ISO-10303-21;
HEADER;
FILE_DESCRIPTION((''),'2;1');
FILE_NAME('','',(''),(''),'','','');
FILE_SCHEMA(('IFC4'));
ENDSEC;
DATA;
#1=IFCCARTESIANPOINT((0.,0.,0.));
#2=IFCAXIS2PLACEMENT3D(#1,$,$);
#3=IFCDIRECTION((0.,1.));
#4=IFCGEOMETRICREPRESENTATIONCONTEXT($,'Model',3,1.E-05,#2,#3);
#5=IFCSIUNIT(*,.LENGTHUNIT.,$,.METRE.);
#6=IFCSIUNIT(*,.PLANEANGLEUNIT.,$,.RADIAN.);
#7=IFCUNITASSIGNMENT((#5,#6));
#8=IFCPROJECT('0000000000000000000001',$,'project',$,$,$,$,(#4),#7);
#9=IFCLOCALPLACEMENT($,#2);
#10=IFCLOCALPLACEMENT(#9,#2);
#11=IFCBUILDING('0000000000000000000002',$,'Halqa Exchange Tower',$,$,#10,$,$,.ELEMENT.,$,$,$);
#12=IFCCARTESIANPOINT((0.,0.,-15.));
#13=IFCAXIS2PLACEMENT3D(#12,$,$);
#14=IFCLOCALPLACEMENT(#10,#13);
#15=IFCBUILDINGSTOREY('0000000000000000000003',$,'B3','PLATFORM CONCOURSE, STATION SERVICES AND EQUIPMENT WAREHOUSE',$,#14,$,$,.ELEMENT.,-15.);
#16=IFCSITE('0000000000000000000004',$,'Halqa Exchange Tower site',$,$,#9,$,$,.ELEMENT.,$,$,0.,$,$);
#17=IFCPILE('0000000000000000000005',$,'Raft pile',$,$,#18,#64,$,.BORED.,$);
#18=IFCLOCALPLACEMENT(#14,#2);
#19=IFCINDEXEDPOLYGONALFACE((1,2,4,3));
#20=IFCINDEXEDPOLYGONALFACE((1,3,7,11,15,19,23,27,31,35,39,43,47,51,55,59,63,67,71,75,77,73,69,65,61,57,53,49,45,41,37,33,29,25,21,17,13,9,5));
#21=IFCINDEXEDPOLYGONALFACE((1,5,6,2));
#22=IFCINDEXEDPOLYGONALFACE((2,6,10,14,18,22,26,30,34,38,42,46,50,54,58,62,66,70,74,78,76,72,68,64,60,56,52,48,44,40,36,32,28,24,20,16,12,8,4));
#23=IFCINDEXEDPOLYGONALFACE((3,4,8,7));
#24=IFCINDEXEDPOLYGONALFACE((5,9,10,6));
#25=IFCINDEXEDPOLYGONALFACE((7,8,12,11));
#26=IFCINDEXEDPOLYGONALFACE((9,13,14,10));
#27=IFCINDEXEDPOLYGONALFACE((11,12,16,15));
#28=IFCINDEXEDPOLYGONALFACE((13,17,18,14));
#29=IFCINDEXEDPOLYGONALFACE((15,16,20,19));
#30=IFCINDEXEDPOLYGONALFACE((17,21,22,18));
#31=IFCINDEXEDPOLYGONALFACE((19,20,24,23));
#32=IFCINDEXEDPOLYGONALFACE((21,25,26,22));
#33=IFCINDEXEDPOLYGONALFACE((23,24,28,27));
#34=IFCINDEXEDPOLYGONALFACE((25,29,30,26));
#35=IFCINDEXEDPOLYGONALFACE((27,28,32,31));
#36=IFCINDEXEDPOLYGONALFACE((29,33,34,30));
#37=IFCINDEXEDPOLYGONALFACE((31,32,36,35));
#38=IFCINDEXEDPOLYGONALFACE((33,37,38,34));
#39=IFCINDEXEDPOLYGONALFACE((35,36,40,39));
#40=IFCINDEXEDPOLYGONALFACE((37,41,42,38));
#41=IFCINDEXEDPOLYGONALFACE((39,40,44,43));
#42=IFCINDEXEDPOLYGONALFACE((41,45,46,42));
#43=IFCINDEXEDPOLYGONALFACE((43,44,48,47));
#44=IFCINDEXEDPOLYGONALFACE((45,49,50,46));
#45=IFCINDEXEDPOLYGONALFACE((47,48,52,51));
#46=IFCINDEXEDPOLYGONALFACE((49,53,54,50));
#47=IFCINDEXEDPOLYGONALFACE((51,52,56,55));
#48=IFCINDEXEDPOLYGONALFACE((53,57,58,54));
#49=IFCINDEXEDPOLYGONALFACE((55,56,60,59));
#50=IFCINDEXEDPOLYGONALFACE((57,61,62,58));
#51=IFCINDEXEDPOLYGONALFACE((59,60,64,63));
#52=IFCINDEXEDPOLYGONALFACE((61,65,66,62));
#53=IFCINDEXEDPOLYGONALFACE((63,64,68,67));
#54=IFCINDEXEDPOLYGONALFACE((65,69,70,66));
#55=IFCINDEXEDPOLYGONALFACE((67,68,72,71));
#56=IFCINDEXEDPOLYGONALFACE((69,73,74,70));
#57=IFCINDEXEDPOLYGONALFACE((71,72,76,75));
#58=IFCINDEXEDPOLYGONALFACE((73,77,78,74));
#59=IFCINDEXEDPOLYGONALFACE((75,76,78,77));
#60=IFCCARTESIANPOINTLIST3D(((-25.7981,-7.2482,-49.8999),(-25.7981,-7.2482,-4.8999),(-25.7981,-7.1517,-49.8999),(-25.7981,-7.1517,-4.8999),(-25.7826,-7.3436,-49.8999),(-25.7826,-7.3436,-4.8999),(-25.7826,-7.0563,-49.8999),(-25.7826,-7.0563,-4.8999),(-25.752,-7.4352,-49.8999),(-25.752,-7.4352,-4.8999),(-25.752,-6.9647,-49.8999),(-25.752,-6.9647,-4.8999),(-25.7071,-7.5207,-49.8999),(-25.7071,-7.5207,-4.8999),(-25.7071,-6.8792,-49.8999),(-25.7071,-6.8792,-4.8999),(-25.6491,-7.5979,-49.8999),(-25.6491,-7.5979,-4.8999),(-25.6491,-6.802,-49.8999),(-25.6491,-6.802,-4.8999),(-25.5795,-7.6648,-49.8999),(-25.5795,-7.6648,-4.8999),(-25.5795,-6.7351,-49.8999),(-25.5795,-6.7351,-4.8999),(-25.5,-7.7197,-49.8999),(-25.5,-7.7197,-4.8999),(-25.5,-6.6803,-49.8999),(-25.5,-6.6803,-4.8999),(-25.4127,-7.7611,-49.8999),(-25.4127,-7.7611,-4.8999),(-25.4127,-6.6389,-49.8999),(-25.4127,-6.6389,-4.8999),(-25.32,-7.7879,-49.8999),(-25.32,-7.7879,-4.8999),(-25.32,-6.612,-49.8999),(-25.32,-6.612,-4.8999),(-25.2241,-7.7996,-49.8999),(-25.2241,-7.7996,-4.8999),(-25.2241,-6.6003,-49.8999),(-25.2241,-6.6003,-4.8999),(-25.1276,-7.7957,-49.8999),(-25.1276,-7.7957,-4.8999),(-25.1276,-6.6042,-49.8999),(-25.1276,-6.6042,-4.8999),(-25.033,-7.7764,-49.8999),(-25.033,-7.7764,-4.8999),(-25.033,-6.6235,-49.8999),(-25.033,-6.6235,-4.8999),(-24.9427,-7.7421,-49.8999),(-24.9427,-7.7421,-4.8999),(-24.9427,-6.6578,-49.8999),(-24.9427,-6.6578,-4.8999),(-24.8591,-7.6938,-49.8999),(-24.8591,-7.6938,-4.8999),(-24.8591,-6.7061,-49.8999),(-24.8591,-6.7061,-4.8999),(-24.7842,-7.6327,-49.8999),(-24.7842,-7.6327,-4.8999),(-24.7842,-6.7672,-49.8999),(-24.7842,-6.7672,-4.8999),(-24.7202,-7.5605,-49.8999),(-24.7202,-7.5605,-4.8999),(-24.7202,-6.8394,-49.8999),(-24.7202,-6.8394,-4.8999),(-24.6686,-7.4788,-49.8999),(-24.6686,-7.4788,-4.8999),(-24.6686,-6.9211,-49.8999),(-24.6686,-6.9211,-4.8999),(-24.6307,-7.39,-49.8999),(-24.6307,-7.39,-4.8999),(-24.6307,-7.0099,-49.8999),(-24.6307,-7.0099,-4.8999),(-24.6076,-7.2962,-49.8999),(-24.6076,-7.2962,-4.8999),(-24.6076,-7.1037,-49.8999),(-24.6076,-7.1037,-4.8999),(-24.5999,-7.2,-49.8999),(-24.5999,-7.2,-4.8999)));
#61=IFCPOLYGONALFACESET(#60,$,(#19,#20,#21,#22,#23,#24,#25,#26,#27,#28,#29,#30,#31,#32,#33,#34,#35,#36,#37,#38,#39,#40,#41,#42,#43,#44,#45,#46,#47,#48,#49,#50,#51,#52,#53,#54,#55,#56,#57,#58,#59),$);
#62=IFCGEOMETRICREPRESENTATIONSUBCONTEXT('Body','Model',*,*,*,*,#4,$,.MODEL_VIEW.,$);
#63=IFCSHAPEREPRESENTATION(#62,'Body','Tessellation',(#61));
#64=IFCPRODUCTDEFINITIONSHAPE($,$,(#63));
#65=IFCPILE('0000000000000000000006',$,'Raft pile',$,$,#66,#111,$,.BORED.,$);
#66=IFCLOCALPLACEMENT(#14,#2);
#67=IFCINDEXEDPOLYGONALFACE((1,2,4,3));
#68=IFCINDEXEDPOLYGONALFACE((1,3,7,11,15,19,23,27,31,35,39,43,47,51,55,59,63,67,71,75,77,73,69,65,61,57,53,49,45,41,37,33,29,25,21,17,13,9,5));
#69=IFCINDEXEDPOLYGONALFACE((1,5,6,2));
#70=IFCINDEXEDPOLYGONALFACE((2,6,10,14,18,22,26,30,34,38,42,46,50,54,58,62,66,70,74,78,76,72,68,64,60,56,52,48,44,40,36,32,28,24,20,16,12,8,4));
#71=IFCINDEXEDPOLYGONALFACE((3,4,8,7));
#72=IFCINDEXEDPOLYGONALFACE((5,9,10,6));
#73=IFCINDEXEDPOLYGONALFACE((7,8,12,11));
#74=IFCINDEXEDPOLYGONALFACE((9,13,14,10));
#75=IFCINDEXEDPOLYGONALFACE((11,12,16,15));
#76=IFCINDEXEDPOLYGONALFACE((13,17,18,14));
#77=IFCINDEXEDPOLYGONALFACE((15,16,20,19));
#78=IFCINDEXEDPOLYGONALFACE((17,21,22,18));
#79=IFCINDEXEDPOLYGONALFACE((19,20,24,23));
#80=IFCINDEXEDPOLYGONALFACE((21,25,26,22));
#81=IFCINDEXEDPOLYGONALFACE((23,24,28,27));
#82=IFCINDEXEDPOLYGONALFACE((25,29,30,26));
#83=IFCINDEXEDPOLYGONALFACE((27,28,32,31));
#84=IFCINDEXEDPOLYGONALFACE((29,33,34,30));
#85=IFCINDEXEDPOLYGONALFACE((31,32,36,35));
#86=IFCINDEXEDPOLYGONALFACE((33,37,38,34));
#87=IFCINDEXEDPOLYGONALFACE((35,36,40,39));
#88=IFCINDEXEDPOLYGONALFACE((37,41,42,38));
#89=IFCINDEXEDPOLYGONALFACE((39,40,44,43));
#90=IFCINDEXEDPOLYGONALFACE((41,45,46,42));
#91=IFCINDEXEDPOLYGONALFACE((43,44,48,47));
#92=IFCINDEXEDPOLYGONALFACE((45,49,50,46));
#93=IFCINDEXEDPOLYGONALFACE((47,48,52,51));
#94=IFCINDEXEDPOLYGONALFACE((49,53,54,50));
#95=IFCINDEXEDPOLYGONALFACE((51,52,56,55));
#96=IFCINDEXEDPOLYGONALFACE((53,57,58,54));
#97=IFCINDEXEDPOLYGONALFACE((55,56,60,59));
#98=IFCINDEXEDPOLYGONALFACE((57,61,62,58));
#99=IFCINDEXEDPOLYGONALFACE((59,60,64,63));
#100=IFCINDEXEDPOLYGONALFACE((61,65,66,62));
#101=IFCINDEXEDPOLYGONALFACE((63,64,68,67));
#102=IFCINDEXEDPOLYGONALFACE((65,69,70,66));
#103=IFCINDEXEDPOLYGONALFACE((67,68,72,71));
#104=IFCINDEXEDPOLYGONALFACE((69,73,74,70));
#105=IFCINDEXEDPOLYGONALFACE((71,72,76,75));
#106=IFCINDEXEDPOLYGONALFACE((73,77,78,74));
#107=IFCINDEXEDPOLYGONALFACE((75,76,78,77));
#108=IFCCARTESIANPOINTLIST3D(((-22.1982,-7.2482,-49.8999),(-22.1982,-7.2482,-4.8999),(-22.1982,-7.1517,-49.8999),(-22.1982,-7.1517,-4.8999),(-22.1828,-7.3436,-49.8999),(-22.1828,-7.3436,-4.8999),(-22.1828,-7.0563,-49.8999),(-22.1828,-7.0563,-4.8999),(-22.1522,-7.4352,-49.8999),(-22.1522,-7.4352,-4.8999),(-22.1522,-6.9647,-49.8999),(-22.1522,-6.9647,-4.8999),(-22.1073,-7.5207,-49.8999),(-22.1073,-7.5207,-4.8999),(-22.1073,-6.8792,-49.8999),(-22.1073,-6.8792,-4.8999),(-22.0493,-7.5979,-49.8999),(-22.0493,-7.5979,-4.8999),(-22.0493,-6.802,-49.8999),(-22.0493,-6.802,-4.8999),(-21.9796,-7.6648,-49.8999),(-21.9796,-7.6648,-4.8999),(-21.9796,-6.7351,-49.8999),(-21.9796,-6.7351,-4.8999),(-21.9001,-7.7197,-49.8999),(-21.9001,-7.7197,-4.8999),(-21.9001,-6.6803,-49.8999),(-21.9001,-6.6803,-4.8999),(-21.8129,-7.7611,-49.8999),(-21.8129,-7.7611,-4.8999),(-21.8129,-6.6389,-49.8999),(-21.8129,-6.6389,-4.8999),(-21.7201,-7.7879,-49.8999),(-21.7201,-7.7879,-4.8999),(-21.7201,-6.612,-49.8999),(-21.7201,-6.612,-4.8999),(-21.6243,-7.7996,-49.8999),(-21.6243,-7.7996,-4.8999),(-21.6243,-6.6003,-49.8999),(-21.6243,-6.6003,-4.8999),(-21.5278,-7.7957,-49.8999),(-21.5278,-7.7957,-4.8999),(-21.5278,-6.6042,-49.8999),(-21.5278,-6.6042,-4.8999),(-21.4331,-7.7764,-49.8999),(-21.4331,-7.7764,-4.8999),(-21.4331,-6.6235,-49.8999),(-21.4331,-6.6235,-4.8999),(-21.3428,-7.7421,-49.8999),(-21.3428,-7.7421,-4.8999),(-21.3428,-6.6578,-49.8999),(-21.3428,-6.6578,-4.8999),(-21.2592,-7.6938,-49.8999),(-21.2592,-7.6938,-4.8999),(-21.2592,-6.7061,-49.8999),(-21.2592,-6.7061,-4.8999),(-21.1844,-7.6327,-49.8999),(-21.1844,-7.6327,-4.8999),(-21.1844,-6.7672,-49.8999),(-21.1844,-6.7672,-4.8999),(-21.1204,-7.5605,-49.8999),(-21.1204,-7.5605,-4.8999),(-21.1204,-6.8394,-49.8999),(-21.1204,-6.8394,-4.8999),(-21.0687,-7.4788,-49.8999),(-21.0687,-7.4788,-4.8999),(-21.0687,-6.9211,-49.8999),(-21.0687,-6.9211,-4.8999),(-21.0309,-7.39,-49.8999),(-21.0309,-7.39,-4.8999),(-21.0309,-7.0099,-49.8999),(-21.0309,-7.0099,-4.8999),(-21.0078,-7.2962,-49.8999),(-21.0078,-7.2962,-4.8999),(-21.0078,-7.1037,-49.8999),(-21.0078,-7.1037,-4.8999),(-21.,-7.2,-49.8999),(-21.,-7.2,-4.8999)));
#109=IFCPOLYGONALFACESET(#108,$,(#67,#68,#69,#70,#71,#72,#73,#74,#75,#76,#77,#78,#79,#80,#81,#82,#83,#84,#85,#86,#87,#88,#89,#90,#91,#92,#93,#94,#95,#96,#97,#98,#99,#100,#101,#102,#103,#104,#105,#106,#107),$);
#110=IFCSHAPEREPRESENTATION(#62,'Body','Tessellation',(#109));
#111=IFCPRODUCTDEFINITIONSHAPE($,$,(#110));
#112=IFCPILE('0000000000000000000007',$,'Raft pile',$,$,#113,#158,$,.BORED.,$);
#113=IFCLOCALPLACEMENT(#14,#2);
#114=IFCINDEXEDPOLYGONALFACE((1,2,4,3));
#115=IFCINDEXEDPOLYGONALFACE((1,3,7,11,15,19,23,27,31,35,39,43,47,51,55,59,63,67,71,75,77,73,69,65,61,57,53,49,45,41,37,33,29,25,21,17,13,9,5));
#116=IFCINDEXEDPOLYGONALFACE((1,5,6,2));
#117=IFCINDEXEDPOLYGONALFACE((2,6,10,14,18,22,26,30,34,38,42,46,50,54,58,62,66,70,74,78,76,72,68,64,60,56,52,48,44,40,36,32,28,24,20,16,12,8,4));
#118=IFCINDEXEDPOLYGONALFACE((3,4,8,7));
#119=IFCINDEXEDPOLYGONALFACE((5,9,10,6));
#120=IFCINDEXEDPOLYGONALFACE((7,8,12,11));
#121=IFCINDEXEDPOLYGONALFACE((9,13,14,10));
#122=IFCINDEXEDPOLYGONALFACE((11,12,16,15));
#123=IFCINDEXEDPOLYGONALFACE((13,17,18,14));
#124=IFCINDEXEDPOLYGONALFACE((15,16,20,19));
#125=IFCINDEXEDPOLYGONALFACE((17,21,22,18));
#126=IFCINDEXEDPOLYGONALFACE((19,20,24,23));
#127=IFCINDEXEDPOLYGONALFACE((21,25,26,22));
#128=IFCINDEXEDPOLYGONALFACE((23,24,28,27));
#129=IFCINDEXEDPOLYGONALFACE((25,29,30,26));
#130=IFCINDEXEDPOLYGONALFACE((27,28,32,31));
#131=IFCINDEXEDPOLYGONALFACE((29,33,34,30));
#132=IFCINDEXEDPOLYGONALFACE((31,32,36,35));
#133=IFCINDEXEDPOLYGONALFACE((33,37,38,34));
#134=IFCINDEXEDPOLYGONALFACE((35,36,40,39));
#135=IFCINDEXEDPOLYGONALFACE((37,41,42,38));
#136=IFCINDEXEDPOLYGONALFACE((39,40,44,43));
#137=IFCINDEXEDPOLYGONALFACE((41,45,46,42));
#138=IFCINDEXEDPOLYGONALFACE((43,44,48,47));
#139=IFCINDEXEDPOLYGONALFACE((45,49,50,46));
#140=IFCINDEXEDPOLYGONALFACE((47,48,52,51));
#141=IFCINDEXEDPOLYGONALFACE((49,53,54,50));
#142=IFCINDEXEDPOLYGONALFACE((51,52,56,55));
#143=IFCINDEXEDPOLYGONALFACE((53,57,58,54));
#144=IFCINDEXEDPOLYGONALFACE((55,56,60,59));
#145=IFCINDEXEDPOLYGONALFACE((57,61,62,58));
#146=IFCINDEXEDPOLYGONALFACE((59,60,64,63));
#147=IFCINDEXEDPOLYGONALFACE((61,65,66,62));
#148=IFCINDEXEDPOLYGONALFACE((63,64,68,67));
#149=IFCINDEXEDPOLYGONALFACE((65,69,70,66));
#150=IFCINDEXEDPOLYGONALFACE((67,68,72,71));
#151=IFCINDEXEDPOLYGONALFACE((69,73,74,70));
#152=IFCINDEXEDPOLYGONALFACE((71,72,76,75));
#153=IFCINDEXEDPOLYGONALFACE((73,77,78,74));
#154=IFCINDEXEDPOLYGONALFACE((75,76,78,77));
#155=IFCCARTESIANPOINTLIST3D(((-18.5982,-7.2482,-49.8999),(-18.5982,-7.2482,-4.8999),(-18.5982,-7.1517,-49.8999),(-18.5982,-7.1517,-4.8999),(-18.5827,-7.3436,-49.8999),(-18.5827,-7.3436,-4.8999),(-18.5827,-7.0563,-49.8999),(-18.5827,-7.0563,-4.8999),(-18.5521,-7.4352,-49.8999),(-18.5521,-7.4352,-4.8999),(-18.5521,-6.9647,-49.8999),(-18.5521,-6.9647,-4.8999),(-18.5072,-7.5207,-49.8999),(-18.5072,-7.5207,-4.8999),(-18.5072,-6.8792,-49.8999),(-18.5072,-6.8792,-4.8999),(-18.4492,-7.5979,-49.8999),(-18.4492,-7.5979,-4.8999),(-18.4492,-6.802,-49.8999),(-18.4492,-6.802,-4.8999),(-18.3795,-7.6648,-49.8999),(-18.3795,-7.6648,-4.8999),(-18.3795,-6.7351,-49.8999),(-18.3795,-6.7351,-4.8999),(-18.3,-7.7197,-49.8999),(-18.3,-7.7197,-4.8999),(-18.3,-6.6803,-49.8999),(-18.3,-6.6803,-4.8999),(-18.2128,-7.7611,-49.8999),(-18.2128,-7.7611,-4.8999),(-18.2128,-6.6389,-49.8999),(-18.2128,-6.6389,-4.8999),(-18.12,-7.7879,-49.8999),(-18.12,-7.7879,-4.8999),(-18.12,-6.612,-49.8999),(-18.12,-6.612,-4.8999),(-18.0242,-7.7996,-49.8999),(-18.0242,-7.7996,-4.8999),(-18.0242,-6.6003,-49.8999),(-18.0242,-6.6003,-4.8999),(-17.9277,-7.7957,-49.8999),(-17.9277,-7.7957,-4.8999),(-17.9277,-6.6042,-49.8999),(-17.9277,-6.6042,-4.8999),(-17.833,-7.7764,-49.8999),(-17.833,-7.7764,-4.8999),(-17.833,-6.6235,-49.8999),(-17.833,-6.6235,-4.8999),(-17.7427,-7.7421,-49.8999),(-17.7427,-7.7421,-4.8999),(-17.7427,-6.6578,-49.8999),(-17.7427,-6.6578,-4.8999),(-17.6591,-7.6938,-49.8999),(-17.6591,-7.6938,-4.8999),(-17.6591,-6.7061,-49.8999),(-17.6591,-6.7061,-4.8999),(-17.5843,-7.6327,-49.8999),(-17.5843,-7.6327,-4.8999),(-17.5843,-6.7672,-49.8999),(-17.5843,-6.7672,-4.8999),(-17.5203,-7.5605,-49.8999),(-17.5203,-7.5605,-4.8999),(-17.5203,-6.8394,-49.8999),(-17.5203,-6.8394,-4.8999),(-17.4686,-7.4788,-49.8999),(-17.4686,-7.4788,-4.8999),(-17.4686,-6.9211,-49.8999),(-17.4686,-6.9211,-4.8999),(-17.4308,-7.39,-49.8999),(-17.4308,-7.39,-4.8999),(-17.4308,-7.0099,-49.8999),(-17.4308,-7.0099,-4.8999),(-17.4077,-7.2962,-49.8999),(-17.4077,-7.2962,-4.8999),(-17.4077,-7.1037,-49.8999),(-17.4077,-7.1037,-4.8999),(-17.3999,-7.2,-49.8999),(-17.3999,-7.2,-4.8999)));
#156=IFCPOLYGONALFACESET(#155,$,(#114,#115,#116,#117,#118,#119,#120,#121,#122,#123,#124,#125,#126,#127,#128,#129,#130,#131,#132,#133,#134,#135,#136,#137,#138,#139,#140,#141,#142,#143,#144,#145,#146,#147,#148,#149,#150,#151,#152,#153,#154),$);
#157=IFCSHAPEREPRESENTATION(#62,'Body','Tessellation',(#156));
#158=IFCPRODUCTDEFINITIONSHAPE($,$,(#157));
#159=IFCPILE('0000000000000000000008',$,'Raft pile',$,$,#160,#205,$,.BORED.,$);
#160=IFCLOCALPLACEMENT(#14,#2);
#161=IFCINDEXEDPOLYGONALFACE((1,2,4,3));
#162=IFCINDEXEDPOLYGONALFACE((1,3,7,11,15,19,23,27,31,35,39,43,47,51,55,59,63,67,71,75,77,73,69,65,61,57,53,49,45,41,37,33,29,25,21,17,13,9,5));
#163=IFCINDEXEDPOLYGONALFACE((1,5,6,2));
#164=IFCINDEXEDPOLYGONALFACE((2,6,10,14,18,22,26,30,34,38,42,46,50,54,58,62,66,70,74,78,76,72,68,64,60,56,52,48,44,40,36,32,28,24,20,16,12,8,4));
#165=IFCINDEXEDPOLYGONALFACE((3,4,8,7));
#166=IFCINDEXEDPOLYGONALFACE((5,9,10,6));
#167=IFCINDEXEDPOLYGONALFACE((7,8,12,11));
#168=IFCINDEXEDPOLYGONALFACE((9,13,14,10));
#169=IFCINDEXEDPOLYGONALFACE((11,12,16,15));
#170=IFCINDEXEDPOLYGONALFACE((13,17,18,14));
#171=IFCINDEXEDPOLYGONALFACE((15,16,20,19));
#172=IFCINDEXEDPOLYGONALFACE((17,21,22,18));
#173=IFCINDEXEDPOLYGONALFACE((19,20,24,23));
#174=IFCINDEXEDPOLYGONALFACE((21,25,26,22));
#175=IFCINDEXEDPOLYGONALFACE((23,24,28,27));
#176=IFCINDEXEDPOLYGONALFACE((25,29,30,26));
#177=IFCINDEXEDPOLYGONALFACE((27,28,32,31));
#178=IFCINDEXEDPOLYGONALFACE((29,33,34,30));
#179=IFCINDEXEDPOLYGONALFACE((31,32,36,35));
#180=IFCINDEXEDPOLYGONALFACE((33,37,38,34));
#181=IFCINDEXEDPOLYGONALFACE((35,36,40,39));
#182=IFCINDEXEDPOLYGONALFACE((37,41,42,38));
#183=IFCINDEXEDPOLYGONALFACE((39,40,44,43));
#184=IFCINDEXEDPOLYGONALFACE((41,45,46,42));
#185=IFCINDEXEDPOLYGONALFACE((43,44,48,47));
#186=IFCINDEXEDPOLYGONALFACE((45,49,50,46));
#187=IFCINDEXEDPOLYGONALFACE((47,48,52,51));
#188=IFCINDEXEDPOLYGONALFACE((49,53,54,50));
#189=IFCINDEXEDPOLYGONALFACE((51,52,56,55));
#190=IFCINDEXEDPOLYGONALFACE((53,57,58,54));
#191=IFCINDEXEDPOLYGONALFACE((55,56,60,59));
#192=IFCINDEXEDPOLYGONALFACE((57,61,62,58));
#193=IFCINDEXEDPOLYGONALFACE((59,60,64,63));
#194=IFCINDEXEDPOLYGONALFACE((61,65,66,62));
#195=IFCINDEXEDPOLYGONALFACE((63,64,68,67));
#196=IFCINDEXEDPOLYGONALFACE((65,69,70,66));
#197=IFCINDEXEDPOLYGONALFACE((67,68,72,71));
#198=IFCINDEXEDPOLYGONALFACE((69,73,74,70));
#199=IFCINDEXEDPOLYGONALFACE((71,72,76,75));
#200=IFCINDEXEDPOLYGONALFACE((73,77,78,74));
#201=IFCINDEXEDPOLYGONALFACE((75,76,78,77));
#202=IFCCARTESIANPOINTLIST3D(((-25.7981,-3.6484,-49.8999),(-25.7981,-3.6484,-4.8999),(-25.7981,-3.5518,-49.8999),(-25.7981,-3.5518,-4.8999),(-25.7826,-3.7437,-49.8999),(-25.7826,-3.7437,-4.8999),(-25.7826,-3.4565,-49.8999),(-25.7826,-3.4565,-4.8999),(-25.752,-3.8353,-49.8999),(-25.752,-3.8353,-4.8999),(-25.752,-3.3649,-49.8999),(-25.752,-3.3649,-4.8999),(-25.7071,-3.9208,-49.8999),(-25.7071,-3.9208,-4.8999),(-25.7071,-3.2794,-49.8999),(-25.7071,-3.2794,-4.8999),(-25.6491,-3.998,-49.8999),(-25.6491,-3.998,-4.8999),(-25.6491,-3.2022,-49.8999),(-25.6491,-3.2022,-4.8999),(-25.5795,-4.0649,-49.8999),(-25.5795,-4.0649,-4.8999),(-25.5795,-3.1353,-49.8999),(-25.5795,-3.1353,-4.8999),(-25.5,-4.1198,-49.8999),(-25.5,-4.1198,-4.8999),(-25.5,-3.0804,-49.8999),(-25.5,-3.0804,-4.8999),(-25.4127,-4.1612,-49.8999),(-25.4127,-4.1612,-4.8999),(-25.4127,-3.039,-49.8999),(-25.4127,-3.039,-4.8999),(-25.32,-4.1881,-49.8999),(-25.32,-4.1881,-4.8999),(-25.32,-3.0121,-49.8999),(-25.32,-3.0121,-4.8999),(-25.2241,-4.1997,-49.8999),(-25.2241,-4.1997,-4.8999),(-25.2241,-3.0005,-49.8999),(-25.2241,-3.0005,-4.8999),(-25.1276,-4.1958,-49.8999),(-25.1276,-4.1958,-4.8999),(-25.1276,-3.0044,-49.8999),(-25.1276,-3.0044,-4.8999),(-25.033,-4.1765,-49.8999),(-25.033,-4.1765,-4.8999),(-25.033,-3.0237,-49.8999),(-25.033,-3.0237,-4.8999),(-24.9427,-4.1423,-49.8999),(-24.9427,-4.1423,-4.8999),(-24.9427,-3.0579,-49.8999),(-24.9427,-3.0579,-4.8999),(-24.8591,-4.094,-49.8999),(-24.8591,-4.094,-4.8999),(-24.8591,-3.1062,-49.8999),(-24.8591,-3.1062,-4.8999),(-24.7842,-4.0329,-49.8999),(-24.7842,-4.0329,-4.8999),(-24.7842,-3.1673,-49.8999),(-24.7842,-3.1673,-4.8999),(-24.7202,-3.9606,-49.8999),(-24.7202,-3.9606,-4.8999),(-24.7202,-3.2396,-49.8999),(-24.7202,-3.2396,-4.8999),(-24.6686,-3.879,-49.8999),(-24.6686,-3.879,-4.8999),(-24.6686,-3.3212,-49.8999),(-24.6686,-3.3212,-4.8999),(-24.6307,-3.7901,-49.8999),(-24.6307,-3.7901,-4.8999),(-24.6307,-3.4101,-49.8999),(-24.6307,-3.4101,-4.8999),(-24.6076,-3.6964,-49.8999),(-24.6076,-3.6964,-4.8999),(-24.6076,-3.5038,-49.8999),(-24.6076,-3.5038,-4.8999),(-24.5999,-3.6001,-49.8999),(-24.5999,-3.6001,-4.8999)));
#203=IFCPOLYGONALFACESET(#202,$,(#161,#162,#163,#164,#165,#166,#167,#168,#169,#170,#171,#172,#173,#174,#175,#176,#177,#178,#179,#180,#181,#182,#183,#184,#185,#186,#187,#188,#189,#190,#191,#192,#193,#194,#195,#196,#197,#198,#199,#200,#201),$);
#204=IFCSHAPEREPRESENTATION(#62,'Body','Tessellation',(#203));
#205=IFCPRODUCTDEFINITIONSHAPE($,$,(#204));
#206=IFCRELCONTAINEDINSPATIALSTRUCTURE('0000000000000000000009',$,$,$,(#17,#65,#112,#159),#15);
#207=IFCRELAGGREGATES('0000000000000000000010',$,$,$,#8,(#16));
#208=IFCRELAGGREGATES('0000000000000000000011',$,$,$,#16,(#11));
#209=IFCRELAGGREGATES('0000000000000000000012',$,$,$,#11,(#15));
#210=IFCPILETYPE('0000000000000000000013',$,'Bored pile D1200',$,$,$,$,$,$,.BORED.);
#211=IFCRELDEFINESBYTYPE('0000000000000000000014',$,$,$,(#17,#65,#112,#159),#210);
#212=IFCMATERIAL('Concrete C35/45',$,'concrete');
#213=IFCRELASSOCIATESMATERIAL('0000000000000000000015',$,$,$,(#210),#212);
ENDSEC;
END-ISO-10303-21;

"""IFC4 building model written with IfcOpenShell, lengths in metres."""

from ifc_helpers import new_model, si_unit, direction, frame, origin, origin_2d, place, context, subcontext, project, spatial, circle, extrude, material, material_profile, profile_set, type_object, element, save


model = new_model("IFC4")

# Units and contexts
model_context = context("Model", 3, precision=1e-05, world=origin(), true_north=direction((0.0, 1.0)))
body_context = subcontext(model_context, "Body", "Model", "MODEL_VIEW")
ifc_project = project(units=[si_unit("LENGTHUNIT", "METRE"), si_unit("PLANEANGLEUNIT", "RADIAN")], contexts=[model_context])

# Site, building, storey
site_placement = place(None, origin())
site = spatial("IfcSite", under=ifc_project, at=site_placement, Name="Halqa Exchange Tower site", CompositionType="ELEMENT", RefElevation=0.0)
building_placement = place(site_placement, origin())
building = spatial("IfcBuilding", under=site, at=building_placement, Name="Halqa Exchange Tower", CompositionType="ELEMENT")
storey_placement = place(building_placement, frame((0.0, 0.0, -15.0)))
storey = spatial("IfcBuildingStorey", under=building, at=storey_placement, Name="B3", Description="PLATFORM CONCOURSE, STATION SERVICES AND EQUIPMENT WAREHOUSE", CompositionType="ELEMENT", Elevation=-15.0)

# Piles
ifc_material_1 = material(Name="Concrete C35/45", Category="concrete")
ifc_material_profile_1 = material_profile(ifc_material_1, circle(Radius=0.6001, at=origin_2d()), Name="D1200")
ifc_profile_set_1 = profile_set([ifc_material_profile_1], Name="Concrete C35/45")
pile_type_1 = type_object("IfcPileType", Name="Bored pile D1200", PredefinedType="BORED", material=ifc_profile_set_1)
for number, where, z_axis, x_axis, name in (
    (1, (-25.2, -7.2, -4.8999), (0.0, 0.0, -1.0), (1.0, 0.0, 0.0), "Raft pile"),
    (2, (-21.6001, -7.2, -4.8999), (0.0, 0.0, -1.0), (1.0, 0.0, 0.0), "Raft pile"),
    (3, (-18.0, -7.2, -4.8999), (0.0, 0.0, -1.0), (1.0, 0.0, 0.0), "Raft pile"),
    (4, (-25.2, -3.6001, -4.8999), (0.0, 0.0, -1.0), (1.0, 0.0, 0.0), "Raft pile"),
):
    element("IfcPile", number, at=place(storey_placement, frame(where, z_axis=z_axis, x_axis=x_axis)), inside=storey, type_object=pile_type_1, Name=name, PredefinedType="BORED", context=body_context, shape_type="SweptSolid", body=[
        extrude(circle(Radius=0.6001, at=origin_2d()), origin(), (0.0, 0.0, 1.0), 45.0),
    ])

save(model, "model.ifc")
